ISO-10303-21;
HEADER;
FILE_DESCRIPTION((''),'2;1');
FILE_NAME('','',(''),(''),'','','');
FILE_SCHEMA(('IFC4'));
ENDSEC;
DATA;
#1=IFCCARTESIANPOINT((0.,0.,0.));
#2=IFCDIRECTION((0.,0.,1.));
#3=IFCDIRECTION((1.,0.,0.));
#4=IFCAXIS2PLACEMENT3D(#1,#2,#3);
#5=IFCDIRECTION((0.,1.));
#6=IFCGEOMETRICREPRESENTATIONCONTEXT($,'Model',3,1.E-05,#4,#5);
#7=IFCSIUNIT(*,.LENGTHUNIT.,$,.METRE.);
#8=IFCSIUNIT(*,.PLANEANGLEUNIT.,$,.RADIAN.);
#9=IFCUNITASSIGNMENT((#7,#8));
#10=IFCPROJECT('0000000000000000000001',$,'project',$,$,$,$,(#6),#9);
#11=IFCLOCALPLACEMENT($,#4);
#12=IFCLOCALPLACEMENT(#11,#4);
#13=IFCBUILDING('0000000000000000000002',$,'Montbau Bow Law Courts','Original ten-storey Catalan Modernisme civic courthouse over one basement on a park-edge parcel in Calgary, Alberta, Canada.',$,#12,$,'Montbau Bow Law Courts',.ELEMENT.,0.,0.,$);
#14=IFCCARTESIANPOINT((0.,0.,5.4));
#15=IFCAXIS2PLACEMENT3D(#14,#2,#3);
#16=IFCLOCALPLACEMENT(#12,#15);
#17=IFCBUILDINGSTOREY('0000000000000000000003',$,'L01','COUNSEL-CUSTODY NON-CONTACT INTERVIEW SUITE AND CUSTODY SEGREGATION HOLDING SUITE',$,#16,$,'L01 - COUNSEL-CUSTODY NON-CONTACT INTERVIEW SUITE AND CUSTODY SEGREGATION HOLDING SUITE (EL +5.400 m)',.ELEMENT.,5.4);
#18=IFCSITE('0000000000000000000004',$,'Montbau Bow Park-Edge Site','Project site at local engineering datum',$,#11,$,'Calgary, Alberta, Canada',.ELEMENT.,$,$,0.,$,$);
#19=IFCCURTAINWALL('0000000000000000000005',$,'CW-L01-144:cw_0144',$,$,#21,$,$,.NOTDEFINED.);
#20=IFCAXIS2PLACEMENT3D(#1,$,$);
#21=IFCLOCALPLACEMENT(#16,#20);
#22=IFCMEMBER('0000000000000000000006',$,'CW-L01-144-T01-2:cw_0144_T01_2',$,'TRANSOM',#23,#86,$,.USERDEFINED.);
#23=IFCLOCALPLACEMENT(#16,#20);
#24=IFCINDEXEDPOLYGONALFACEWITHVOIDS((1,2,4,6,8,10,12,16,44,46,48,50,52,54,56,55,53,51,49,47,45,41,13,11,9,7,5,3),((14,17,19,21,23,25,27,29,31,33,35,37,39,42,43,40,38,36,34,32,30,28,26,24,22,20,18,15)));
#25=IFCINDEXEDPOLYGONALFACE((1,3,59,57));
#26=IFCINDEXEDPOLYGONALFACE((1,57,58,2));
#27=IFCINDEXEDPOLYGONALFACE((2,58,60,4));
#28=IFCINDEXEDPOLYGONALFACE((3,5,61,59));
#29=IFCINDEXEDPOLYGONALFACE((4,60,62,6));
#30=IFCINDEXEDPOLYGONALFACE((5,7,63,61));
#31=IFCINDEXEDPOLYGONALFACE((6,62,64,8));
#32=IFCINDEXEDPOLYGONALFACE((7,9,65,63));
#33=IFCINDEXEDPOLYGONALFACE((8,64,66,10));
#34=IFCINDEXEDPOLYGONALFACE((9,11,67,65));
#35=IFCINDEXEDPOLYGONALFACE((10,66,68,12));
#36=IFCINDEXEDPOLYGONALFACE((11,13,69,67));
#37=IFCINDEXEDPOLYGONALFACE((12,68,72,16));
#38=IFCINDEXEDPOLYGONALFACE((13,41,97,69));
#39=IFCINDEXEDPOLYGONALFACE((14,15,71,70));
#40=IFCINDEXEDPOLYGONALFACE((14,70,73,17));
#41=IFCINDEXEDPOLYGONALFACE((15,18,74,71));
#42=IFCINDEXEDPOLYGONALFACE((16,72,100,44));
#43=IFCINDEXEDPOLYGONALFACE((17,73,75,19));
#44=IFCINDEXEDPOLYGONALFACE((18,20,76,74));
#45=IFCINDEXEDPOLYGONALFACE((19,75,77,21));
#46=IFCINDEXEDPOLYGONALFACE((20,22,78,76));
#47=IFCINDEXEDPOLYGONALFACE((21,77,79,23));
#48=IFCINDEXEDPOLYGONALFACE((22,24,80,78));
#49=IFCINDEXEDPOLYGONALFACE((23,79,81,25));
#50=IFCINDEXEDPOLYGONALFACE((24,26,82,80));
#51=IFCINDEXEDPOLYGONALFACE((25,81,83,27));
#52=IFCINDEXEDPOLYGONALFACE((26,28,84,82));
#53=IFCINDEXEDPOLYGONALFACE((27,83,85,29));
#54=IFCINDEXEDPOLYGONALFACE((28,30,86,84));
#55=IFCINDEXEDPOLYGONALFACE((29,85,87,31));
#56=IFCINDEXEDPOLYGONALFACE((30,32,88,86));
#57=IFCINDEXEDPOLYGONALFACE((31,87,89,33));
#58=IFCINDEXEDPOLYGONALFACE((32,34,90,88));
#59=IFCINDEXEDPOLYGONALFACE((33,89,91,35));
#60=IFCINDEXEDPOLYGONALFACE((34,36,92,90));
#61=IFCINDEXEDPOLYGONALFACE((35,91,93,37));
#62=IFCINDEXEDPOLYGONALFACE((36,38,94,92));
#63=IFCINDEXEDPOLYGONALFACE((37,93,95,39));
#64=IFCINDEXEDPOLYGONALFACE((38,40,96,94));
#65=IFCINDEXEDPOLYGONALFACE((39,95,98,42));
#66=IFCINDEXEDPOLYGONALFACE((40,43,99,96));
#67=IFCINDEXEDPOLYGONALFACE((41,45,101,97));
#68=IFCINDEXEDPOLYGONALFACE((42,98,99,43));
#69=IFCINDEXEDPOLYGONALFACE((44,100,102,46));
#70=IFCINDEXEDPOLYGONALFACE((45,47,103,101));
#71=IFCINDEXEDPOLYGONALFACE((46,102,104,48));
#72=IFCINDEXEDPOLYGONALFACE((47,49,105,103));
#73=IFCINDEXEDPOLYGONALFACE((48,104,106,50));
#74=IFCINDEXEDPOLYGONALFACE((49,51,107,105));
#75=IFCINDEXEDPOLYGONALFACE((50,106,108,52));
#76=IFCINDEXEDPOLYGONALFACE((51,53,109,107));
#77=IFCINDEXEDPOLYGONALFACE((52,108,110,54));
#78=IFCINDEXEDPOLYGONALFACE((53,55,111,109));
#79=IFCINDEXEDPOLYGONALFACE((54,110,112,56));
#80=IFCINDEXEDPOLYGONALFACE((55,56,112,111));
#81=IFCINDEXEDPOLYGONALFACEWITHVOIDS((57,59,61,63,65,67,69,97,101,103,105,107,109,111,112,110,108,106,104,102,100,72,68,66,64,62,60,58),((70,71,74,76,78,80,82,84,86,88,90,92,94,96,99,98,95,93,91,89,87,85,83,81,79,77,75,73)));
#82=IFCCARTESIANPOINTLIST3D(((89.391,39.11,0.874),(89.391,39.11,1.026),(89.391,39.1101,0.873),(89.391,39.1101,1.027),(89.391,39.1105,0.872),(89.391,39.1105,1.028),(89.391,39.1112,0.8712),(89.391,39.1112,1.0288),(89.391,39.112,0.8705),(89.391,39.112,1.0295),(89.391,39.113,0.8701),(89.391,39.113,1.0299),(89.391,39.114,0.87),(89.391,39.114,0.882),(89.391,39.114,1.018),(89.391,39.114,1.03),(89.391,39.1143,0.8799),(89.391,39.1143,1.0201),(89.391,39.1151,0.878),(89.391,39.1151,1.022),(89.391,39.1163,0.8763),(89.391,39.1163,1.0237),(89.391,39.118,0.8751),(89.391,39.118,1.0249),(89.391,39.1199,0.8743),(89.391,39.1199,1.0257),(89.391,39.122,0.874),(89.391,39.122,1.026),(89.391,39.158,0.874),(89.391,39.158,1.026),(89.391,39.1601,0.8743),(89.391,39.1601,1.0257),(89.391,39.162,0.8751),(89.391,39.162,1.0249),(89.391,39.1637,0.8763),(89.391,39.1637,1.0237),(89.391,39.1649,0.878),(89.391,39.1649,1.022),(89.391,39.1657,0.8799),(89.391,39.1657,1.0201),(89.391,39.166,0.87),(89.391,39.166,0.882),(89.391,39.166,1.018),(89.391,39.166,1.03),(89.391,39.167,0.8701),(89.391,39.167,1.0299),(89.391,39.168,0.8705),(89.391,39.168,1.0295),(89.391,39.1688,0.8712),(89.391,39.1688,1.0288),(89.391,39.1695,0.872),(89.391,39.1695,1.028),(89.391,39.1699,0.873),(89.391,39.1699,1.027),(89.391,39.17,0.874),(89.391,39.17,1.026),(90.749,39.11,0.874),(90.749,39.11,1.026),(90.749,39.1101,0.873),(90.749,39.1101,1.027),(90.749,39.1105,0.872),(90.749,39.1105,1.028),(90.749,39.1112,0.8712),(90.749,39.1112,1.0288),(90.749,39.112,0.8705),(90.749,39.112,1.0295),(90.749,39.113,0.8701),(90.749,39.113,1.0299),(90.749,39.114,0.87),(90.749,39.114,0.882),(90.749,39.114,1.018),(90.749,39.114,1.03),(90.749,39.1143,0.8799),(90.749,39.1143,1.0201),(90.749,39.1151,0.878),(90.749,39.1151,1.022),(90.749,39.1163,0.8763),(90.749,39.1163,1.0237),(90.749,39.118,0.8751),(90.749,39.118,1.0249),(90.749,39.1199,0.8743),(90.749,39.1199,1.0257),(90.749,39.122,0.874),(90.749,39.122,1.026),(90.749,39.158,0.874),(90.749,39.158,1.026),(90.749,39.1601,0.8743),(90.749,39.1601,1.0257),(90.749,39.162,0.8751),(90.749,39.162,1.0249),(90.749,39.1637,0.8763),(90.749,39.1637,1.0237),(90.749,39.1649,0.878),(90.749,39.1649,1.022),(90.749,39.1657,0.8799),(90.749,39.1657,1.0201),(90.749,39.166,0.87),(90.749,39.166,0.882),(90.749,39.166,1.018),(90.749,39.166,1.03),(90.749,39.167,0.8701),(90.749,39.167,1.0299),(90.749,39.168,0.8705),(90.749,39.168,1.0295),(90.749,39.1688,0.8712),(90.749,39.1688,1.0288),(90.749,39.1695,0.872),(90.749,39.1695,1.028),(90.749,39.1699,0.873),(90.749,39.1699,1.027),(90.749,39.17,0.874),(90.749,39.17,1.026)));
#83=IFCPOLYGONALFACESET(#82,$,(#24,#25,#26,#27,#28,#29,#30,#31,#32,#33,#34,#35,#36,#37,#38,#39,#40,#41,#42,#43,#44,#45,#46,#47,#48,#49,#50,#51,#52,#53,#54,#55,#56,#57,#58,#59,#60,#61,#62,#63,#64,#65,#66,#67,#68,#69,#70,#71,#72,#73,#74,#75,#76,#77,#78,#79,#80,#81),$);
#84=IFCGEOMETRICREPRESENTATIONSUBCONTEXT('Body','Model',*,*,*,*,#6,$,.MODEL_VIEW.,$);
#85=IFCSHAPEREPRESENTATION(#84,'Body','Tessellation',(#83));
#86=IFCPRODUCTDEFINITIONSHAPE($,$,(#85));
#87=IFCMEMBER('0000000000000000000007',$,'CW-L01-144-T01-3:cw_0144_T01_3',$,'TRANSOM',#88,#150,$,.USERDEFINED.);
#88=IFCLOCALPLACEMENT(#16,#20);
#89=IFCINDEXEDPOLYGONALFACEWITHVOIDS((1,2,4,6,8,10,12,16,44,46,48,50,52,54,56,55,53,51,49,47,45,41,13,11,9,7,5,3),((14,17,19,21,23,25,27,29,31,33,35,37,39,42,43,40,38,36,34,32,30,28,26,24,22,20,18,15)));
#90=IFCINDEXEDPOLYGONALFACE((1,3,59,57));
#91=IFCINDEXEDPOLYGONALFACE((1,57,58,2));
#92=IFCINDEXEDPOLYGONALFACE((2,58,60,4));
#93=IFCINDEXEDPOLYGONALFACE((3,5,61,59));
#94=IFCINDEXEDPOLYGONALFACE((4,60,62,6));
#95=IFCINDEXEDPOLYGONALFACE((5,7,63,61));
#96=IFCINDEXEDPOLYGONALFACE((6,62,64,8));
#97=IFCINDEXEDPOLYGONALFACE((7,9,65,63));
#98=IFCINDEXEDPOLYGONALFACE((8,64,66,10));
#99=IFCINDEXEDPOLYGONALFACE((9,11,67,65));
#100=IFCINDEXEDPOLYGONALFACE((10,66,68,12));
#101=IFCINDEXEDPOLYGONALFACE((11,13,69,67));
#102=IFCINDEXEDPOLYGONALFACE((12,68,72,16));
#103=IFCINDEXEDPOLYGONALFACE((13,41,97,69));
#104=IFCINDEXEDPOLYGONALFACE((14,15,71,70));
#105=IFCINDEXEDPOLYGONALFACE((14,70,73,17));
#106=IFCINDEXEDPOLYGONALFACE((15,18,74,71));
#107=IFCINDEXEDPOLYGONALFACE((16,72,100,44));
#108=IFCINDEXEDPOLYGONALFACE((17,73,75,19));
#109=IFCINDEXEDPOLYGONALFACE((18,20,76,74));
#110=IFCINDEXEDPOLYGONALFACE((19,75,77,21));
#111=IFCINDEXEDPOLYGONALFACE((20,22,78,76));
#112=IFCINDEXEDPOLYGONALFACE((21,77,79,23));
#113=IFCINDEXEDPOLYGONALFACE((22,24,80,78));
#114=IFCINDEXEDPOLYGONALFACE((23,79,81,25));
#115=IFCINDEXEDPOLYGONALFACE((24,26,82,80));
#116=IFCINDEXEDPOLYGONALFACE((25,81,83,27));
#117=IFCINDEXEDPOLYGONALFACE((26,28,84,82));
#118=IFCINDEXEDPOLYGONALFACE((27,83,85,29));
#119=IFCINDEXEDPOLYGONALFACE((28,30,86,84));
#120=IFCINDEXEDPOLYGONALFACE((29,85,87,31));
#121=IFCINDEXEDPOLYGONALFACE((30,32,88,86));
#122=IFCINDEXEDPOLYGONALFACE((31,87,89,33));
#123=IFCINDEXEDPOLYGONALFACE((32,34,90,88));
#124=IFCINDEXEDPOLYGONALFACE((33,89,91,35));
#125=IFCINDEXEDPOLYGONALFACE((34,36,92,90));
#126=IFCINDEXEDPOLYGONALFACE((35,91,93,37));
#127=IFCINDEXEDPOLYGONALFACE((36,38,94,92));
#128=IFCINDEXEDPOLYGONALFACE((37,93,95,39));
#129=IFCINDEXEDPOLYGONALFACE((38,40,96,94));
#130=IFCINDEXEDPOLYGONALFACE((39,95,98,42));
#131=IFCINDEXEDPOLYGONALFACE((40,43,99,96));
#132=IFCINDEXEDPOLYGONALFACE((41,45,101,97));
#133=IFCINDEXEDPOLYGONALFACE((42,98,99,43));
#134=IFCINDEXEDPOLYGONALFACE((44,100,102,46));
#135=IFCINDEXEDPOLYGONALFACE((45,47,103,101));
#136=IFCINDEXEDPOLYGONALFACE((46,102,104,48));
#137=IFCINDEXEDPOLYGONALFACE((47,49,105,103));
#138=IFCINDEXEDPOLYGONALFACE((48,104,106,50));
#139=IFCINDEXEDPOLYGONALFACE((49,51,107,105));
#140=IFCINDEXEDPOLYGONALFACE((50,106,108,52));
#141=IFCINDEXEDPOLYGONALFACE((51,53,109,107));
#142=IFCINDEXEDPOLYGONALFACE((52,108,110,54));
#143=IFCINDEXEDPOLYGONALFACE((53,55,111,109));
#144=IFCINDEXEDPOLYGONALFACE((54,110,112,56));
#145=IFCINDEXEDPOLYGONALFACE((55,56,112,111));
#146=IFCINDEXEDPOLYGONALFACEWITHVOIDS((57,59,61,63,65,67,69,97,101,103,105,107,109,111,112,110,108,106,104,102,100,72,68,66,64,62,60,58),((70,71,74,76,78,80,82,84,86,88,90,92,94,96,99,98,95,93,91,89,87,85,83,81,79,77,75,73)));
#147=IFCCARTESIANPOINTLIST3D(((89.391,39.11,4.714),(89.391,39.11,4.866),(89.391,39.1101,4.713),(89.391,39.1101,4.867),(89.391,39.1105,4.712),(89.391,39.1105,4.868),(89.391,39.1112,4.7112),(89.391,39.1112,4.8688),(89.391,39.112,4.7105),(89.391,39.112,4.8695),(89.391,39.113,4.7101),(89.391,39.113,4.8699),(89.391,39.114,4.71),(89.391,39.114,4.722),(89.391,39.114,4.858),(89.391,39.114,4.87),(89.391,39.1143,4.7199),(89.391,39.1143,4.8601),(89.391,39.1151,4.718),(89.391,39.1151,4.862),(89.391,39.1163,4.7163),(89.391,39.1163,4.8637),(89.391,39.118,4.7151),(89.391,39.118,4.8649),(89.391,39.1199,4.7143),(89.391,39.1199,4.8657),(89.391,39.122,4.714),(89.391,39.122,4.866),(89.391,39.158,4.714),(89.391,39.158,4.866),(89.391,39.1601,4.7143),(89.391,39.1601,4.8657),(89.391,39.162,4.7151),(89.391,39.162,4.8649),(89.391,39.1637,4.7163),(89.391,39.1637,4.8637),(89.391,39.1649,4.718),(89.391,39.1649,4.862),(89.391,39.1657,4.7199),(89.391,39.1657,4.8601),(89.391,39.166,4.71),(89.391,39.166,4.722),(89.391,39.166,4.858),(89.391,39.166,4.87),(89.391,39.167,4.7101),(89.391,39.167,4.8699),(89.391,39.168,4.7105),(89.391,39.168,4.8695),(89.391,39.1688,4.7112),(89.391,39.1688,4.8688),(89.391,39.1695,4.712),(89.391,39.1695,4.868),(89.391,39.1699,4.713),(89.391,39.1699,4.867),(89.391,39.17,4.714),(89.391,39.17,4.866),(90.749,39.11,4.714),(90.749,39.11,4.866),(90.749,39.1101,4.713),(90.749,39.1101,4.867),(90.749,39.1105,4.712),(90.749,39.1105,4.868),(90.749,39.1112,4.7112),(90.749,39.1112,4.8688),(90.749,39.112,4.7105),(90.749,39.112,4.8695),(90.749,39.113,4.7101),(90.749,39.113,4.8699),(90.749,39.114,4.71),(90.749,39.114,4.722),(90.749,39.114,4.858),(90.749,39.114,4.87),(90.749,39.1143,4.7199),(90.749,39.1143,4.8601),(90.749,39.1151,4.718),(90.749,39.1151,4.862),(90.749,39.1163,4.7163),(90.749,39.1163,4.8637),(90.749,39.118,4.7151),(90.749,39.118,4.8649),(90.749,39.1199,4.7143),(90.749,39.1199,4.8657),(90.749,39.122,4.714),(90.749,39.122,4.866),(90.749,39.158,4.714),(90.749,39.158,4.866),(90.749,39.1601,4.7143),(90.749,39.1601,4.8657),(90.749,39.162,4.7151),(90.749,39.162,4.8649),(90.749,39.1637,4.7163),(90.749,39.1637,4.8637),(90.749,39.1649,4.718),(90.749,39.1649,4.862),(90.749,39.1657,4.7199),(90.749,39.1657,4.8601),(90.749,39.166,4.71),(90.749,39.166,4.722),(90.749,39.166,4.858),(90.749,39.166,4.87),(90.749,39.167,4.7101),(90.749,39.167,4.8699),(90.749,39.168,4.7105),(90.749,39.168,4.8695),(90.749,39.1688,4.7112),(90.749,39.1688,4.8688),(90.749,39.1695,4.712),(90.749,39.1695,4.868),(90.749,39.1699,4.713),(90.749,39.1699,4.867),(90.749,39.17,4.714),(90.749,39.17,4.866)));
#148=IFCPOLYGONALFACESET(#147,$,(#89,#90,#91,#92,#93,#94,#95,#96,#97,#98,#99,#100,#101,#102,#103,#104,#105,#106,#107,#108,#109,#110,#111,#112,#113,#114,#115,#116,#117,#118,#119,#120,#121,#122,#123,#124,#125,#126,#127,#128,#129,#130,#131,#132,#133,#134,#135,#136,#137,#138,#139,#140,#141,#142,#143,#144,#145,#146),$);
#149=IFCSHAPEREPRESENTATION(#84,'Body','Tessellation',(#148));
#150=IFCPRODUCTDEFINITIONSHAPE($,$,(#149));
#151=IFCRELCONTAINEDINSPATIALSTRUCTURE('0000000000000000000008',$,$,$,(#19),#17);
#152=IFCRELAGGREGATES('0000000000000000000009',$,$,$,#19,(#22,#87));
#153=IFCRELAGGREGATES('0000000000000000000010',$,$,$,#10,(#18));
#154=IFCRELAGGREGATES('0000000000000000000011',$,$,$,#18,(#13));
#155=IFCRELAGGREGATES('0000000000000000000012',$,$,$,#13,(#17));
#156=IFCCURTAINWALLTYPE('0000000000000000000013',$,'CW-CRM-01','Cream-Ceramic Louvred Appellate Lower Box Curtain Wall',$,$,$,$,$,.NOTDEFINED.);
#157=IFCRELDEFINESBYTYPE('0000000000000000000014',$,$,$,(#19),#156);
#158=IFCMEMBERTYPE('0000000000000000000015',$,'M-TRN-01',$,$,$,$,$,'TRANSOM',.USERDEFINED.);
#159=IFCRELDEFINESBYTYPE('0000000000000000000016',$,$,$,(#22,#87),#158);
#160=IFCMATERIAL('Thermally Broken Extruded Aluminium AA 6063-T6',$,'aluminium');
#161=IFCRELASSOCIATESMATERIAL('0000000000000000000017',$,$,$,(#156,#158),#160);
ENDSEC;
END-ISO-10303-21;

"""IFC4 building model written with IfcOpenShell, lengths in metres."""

from ifc_helpers import new_model, si_unit, direction, frame, origin_with_axes, origin_2d_with_axis, place, context, subcontext, project, spatial, hollow_rectangle, extrude, material, material_profile, profile_set, type_object, element, aggregate, save


model = new_model("IFC4")

# Units and contexts
model_context = context("Model", 3, precision=1e-05, world=origin_with_axes(), true_north=direction((0.0, 1.0)))
body_context = subcontext(model_context, "Body", "Model", "MODEL_VIEW")
ifc_project = project(units=[si_unit("LENGTHUNIT", "METRE"), si_unit("PLANEANGLEUNIT", "RADIAN")], contexts=[model_context])

# Site, building, storey
site_placement = place(None, origin_with_axes())
site = spatial("IfcSite", under=ifc_project, at=site_placement, Name="Montbau Bow Park-Edge Site", Description="Project site at local engineering datum", LongName="Calgary, Alberta, Canada", CompositionType="ELEMENT", RefElevation=0.0)
building_placement = place(site_placement, origin_with_axes())
building = spatial("IfcBuilding", under=site, at=building_placement, Name="Montbau Bow Law Courts", Description="Original ten-storey Catalan Modernisme civic courthouse over one basement on a park-edge parcel in Calgary, Alberta, Canada.", LongName="Montbau Bow Law Courts", CompositionType="ELEMENT", ElevationOfRefHeight=0.0, ElevationOfTerrain=0.0)
storey_placement = place(building_placement, frame((0.0, 0.0, 5.4), z_axis=(0.0, 0.0, 1.0), x_axis=(1.0, 0.0, 0.0)))
storey = spatial("IfcBuildingStorey", under=building, at=storey_placement, Name="L01", Description="COUNSEL-CUSTODY NON-CONTACT INTERVIEW SUITE AND CUSTODY SEGREGATION HOLDING SUITE", LongName="L01 - COUNSEL-CUSTODY NON-CONTACT INTERVIEW SUITE AND CUSTODY SEGREGATION HOLDING SUITE (EL +5.400 m)", CompositionType="ELEMENT", Elevation=5.4)

# Curtain wall, members
ifc_material_1 = material(Name="Thermally Broken Extruded Aluminium AA 6063-T6", Category="aluminium")
curtain_wall_type = type_object("IfcCurtainWallType", Name="CW-CRM-01", Description="Cream-Ceramic Louvred Appellate Lower Box Curtain Wall", PredefinedType="NOTDEFINED", material=ifc_material_1)
curtain_wall_placement = place(None, frame((89.315, 39.14, 5.4), z_axis=(0.0, 0.0, 1.0), x_axis=(1.0, 0.0, 0.0)))
curtain_wall = element("IfcCurtainWall", 1, at=curtain_wall_placement, inside=storey, type_object=curtain_wall_type, Name="CW-L01-144:cw_0144", PredefinedType="NOTDEFINED")
ifc_material_profile_1 = material_profile(ifc_material_1, hollow_rectangle(XDim=0.06, YDim=0.16, WallThickness=0.004, InnerFilletRadius=0.008, OuterFilletRadius=0.004, at=origin_2d_with_axis()), Name="CWT-160X60", Category="Main", Priority=0)
ifc_profile_set_1 = profile_set([ifc_material_profile_1], Name="Thermally Broken Extruded Aluminium AA 6063-T6")
member_type_1 = type_object("IfcMemberType", Name="M-TRN-01", ElementType="TRANSOM", PredefinedType="USERDEFINED", material=ifc_profile_set_1)
member_1_placement = place(None, frame((89.391, 39.14, 6.35), z_axis=(1.0, 0.0, 0.0), x_axis=(0.0, 1.0, 0.0)))
member_1 = element("IfcMember", 2, at=member_1_placement, type_object=member_type_1, Name="CW-L01-144-T01-2:cw_0144_T01_2", ObjectType="TRANSOM", PredefinedType="USERDEFINED", context=body_context, shape_type="SweptSolid", body=[
    extrude(hollow_rectangle(XDim=0.06, YDim=0.16, WallThickness=0.004, InnerFilletRadius=0.008, OuterFilletRadius=0.004, at=origin_2d_with_axis()), origin_with_axes(), (0.0, 0.0, 1.0), 1.358),
])
member_2_placement = place(None, frame((89.391, 39.14, 10.19), z_axis=(1.0, 0.0, 0.0), x_axis=(0.0, 1.0, 0.0)))
member_2 = element("IfcMember", 3, at=member_2_placement, type_object=member_type_1, Name="CW-L01-144-T01-3:cw_0144_T01_3", ObjectType="TRANSOM", PredefinedType="USERDEFINED", context=body_context, shape_type="SweptSolid", body=[
    extrude(hollow_rectangle(XDim=0.06, YDim=0.16, WallThickness=0.004, InnerFilletRadius=0.008, OuterFilletRadius=0.004, at=origin_2d_with_axis()), origin_with_axes(), (0.0, 0.0, 1.0), 1.358),
])
aggregate(curtain_wall, [member_1, member_2])

save(model, "model.ifc")
